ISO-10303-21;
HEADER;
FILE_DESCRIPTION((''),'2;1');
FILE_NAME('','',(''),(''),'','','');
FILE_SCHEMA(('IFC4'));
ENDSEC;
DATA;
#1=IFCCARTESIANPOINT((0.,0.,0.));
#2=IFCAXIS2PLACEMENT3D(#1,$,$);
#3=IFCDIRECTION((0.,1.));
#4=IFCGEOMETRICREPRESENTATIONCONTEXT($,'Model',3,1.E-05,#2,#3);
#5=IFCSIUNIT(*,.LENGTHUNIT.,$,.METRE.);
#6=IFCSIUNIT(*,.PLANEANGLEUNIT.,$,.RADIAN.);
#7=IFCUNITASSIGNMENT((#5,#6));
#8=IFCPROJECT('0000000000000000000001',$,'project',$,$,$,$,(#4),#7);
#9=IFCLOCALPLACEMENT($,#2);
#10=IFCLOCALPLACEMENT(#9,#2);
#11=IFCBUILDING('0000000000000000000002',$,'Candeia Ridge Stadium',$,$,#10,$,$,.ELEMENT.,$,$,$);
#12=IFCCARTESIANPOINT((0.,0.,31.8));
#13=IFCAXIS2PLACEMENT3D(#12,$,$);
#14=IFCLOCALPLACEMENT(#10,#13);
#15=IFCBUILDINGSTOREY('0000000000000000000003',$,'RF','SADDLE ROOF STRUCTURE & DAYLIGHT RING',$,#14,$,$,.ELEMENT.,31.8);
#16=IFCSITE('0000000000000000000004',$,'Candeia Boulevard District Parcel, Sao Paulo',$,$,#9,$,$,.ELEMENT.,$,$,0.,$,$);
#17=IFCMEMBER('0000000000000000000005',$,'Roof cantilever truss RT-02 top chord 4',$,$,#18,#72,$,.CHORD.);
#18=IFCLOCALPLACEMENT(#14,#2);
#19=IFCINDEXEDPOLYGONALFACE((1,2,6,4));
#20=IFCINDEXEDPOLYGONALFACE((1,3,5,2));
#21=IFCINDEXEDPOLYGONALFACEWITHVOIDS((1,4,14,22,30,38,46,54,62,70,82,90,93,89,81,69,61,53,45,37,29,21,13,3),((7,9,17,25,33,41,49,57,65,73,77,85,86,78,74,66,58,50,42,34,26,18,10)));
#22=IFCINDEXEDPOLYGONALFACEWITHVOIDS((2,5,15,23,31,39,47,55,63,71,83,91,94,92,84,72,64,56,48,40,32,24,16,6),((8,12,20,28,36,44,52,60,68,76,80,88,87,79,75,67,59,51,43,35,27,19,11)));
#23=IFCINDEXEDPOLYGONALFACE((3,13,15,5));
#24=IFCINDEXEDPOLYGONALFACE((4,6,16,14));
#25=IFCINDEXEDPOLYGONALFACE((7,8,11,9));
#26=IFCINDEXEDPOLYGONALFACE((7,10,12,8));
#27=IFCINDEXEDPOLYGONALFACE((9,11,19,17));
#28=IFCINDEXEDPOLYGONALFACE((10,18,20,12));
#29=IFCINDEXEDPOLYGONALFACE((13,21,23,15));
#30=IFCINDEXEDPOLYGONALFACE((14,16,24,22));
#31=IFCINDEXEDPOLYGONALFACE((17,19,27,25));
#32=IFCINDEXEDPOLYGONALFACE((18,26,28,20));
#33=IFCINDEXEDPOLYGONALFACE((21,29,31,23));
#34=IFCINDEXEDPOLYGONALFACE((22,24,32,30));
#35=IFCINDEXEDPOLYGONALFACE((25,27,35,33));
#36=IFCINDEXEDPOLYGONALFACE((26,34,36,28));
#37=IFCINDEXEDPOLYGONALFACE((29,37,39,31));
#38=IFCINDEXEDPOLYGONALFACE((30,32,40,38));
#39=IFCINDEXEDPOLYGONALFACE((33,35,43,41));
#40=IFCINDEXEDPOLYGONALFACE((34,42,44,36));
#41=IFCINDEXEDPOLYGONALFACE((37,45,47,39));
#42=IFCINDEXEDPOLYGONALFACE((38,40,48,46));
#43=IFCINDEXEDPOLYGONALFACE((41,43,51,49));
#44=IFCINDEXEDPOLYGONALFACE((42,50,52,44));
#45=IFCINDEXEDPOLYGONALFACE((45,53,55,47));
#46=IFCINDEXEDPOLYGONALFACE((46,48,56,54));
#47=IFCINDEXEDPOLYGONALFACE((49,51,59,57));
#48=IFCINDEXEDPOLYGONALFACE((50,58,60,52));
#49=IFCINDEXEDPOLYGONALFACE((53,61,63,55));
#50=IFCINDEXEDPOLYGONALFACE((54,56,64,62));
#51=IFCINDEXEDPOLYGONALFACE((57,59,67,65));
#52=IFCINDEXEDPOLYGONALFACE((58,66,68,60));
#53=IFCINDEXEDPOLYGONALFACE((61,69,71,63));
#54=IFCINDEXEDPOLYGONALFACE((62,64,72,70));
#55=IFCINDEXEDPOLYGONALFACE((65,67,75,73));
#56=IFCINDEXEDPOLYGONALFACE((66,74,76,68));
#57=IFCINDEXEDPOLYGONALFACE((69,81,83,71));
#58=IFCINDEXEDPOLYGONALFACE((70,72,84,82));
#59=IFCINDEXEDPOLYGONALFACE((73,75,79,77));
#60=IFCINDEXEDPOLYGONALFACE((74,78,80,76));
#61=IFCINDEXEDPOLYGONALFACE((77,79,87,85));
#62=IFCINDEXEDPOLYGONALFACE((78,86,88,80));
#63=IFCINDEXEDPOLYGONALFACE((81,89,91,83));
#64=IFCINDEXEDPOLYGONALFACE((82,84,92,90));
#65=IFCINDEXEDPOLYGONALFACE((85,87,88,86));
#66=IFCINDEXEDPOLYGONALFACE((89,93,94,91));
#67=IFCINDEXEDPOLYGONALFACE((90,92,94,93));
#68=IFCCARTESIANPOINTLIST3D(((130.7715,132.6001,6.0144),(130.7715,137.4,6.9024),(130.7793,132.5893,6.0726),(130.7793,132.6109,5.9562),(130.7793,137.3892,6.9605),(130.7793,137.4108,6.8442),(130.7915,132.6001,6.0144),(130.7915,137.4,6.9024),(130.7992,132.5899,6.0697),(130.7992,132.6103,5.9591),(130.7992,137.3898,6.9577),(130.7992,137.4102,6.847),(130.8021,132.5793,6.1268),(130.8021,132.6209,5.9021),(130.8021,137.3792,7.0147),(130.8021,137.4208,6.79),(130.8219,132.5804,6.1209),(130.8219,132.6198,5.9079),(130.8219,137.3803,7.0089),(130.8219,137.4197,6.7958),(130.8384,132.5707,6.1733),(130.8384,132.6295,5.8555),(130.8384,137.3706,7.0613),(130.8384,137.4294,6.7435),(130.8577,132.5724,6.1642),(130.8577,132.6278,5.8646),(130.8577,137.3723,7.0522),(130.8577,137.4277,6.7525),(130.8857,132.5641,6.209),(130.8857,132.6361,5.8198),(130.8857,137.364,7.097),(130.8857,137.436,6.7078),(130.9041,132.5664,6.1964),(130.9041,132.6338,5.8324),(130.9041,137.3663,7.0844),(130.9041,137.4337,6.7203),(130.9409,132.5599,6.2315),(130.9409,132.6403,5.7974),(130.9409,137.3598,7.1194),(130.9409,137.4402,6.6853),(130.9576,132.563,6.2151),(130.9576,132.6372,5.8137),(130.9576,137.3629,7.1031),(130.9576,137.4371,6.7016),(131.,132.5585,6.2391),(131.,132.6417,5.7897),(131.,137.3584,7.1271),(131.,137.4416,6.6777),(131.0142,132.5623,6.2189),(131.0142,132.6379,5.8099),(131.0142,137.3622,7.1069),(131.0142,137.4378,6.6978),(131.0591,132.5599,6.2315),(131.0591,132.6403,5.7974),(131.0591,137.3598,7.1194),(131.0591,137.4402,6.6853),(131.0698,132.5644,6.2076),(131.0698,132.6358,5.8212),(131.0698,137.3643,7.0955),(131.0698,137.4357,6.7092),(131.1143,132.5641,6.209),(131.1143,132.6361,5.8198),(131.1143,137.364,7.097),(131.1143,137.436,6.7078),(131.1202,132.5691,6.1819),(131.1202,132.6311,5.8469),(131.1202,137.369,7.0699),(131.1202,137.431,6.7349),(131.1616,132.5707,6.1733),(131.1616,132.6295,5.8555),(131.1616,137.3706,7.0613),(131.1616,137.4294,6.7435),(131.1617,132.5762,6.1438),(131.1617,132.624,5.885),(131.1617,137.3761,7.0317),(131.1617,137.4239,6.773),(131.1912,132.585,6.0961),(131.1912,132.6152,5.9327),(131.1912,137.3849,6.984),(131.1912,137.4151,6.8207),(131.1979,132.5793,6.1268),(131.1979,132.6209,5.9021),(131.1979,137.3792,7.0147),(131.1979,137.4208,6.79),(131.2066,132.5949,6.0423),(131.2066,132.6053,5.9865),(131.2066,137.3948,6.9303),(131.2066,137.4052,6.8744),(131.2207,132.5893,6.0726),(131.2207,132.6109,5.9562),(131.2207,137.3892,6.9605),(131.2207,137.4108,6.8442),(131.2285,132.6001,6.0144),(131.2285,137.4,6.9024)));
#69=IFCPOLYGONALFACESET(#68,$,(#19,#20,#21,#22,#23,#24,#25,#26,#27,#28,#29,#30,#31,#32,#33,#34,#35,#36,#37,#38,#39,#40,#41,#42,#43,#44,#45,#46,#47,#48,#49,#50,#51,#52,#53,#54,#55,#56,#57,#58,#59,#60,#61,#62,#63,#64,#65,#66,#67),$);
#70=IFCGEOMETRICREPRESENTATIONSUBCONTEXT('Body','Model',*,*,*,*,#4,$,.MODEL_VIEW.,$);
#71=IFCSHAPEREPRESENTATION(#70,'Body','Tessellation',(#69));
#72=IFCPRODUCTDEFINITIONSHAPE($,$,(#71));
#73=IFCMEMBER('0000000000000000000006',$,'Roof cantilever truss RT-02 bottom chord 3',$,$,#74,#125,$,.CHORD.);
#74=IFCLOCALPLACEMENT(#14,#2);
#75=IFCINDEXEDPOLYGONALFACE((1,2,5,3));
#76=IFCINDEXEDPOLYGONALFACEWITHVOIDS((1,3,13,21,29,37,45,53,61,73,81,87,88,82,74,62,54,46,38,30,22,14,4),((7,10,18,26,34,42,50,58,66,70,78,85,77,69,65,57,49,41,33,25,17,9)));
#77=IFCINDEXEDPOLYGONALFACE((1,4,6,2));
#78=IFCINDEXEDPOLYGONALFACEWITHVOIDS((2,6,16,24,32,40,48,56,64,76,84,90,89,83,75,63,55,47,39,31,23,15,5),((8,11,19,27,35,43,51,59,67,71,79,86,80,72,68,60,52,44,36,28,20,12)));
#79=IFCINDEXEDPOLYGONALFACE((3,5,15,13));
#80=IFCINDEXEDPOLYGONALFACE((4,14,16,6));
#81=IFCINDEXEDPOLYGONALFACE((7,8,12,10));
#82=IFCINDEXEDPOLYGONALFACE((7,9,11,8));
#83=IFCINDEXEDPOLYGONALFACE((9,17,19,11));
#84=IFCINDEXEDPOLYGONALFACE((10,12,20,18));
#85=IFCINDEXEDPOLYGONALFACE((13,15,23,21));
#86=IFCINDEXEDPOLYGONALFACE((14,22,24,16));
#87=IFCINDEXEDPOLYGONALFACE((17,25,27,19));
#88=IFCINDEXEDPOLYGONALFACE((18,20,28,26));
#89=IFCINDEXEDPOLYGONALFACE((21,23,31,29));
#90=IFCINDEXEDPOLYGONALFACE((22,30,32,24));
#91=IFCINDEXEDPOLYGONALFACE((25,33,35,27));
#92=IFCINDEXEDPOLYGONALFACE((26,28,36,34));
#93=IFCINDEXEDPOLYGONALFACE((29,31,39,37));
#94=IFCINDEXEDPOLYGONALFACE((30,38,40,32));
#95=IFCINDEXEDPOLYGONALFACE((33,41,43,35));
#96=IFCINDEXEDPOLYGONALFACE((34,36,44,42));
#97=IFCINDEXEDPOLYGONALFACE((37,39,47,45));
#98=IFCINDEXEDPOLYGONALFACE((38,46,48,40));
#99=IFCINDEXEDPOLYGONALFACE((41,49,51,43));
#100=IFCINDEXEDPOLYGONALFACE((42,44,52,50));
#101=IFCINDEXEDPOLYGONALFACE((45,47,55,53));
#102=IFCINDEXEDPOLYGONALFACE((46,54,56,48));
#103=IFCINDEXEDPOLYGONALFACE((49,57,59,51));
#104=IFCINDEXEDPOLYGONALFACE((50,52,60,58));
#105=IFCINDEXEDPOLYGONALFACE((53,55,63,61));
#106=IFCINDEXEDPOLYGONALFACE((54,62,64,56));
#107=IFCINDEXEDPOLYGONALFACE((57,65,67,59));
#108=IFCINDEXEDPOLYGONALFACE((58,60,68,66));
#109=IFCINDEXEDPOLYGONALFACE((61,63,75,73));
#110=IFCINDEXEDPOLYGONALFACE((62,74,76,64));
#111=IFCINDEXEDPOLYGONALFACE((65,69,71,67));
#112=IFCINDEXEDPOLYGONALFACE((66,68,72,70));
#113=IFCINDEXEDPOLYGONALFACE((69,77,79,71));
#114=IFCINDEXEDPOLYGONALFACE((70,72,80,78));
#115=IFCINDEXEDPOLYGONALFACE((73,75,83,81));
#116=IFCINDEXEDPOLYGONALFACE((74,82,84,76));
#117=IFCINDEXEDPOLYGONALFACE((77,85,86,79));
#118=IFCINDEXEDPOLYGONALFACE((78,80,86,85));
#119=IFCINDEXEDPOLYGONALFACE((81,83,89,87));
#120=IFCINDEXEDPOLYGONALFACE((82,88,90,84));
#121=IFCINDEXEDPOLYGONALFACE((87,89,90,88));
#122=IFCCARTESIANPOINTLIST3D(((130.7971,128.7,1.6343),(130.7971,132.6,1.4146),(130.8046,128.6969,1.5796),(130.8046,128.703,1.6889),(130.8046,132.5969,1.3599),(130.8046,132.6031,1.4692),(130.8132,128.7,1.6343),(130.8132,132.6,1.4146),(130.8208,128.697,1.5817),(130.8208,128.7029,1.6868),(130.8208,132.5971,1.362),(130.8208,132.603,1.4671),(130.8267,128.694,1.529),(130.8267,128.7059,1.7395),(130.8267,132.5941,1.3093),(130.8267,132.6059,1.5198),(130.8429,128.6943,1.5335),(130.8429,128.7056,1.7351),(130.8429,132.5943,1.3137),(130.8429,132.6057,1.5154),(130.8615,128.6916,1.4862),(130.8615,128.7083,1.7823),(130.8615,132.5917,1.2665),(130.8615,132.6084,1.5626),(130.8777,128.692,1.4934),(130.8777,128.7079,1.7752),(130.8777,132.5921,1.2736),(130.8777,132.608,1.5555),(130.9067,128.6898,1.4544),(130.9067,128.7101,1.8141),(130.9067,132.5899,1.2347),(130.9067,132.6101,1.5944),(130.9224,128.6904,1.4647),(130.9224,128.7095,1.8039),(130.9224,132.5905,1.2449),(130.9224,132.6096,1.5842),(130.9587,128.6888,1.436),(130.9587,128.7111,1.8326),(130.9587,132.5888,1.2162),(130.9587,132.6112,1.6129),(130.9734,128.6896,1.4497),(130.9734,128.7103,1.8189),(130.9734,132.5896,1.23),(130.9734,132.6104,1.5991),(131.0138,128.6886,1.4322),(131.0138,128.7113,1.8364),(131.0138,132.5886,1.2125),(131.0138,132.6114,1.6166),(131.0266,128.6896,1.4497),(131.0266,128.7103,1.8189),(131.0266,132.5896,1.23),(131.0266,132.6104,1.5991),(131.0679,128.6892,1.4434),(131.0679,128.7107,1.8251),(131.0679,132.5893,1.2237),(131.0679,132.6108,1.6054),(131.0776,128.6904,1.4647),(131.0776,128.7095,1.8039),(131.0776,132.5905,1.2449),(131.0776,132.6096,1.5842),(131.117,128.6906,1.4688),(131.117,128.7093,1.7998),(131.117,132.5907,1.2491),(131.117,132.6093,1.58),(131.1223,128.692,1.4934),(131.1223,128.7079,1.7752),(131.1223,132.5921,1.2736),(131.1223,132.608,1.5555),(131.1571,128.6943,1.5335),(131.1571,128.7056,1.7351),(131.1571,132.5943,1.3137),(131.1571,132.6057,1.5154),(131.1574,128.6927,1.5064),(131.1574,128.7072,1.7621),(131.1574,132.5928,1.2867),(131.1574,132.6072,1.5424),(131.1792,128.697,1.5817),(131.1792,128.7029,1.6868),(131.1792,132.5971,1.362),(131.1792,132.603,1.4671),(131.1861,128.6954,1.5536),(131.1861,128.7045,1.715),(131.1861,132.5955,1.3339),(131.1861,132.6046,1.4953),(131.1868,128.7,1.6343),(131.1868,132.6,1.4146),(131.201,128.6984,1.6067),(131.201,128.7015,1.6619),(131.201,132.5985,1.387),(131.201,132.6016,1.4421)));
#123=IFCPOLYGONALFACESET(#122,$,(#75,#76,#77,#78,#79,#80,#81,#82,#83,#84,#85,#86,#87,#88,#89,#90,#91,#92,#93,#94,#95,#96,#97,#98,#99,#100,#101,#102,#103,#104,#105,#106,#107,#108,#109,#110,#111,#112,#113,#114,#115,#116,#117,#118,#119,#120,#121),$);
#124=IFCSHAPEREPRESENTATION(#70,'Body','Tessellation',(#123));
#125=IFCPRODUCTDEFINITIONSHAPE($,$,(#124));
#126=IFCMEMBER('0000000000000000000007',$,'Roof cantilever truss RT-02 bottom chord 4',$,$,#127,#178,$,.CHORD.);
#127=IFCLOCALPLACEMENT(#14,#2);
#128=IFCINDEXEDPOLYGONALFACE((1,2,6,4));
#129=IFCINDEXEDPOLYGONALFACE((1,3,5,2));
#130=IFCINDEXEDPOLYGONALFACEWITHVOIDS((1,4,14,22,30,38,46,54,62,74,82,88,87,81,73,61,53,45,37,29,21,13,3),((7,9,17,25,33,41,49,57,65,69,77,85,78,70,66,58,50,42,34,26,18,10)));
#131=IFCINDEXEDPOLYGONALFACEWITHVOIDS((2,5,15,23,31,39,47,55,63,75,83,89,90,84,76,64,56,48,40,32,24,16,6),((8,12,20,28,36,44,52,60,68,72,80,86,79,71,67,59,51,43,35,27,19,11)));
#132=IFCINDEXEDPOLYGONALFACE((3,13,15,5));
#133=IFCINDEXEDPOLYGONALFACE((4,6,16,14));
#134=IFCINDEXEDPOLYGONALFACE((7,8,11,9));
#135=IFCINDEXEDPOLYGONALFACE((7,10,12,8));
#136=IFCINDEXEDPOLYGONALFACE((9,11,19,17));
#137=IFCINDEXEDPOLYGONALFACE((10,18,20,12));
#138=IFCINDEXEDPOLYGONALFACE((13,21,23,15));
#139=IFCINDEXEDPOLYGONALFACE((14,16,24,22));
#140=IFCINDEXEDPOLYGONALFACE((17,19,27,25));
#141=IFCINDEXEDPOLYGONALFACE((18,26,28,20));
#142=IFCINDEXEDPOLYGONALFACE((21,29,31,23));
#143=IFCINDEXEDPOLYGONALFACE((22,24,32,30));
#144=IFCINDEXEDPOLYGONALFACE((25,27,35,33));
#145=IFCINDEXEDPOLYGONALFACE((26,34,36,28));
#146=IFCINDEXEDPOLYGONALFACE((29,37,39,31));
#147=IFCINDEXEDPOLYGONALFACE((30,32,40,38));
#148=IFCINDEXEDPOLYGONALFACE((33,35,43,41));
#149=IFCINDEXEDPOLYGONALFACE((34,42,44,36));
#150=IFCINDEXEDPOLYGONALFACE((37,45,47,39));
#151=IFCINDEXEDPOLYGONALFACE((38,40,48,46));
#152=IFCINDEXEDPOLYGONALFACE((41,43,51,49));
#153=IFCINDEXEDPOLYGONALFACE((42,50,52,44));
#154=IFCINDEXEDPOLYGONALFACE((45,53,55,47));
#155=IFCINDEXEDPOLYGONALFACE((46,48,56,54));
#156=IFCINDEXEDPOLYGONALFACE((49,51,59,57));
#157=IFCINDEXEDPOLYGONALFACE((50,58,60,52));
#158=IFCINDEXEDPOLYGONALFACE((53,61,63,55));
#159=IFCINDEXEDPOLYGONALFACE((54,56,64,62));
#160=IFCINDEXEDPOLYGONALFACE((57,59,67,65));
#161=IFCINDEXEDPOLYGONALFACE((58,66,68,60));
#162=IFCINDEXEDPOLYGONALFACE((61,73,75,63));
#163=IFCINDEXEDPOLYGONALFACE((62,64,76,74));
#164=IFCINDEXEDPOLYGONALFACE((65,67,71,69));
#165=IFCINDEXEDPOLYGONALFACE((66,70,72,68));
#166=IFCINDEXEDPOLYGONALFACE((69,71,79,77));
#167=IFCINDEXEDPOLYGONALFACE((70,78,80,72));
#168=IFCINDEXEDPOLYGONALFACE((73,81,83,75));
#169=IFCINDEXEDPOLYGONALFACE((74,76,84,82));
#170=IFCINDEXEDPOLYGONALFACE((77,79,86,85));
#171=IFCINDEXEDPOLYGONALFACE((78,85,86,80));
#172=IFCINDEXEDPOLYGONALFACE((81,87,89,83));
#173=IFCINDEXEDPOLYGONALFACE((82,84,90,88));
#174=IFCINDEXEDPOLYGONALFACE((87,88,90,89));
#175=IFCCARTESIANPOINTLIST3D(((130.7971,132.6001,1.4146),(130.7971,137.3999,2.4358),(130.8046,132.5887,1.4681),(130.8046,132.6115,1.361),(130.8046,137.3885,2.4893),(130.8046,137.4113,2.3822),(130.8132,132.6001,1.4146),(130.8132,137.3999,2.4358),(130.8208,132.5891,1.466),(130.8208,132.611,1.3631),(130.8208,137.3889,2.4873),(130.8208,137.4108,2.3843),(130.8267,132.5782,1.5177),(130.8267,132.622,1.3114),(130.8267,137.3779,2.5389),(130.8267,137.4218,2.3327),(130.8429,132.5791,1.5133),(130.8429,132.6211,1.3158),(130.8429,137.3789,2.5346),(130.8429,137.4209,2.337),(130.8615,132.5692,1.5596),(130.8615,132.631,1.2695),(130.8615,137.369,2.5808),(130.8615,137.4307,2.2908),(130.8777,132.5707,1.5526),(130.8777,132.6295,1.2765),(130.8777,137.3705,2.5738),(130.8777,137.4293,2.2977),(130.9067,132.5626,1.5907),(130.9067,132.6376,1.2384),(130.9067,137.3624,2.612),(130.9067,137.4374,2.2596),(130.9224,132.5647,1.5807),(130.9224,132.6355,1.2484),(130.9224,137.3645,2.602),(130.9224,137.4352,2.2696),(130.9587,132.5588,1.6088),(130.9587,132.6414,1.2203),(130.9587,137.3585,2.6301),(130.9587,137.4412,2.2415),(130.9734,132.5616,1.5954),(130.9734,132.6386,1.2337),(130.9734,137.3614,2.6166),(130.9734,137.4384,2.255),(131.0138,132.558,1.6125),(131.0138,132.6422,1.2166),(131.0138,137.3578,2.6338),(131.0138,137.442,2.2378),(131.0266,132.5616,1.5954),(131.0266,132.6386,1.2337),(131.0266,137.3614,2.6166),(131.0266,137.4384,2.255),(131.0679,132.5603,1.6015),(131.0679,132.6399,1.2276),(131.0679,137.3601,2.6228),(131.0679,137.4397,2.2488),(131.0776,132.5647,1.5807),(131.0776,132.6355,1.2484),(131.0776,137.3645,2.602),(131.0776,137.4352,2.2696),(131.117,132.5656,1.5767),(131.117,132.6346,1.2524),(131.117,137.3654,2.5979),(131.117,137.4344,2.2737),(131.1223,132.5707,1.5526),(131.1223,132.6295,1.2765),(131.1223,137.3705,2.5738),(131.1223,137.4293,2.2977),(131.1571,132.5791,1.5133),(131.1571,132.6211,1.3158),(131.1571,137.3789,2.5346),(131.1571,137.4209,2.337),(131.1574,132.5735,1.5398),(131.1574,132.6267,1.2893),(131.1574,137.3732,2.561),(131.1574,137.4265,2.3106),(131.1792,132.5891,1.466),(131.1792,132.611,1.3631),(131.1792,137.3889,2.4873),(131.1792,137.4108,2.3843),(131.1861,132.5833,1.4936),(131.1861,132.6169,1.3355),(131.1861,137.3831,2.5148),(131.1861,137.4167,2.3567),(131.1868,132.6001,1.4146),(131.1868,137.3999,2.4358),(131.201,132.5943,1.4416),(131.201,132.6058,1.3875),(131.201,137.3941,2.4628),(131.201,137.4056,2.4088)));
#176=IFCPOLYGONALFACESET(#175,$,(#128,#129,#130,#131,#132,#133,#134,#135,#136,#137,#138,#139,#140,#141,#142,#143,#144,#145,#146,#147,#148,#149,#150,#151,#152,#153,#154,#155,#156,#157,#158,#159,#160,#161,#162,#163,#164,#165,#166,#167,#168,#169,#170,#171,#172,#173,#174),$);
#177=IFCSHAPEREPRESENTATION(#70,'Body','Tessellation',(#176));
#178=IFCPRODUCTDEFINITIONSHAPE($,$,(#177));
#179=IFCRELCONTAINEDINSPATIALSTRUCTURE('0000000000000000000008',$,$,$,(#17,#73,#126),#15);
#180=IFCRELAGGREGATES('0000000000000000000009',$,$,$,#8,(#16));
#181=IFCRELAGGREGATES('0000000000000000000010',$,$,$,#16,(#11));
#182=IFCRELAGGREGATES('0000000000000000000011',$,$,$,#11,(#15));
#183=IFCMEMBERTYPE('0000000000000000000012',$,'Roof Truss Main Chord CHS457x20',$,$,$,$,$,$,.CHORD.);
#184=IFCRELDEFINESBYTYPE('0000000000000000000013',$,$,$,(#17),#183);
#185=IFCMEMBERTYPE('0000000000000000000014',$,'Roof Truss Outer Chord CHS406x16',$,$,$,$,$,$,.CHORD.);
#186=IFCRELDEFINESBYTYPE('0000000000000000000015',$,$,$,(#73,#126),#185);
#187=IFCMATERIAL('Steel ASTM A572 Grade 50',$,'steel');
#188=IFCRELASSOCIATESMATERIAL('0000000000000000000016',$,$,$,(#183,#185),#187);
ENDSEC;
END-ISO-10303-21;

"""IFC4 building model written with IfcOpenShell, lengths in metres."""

from ifc_helpers import new_model, si_unit, direction, frame, origin, origin_2d, place, context, subcontext, project, spatial, hollow_circle, extrude, material, material_profile, profile_set, type_object, element, save


model = new_model("IFC4")

# Units and contexts
model_context = context("Model", 3, precision=1e-05, world=origin(), true_north=direction((0.0, 1.0)))
body_context = subcontext(model_context, "Body", "Model", "MODEL_VIEW")
ifc_project = project(units=[si_unit("LENGTHUNIT", "METRE"), si_unit("PLANEANGLEUNIT", "RADIAN")], contexts=[model_context])

# Site, building, storey
site_placement = place(None, origin())
site = spatial("IfcSite", under=ifc_project, at=site_placement, Name="Candeia Boulevard District Parcel, Sao Paulo", CompositionType="ELEMENT", RefElevation=0.0)
building_placement = place(site_placement, origin())
building = spatial("IfcBuilding", under=site, at=building_placement, Name="Candeia Ridge Stadium", CompositionType="ELEMENT")
storey_placement = place(building_placement, frame((0.0, 0.0, 31.8)))
storey = spatial("IfcBuildingStorey", under=building, at=storey_placement, Name="RF", Description="SADDLE ROOF STRUCTURE & DAYLIGHT RING", CompositionType="ELEMENT", Elevation=31.8)

# Shared definitions
ifc_material_1 = material(Name="Steel ASTM A572 Grade 50", Category="steel")

# Members
ifc_material_profile_1 = material_profile(ifc_material_1, hollow_circle(Radius=0.2285, WallThickness=0.02, at=origin_2d()), Name="CHS457x20", Category="steel")
ifc_profile_set_1 = profile_set([ifc_material_profile_1], Name="Steel ASTM A572 Grade 50")
member_type_1 = type_object("IfcMemberType", Name="Roof Truss Main Chord CHS457x20", PredefinedType="CHORD", material=ifc_profile_set_1)
member_1_placement = place(storey_placement, frame((131.0, 132.6001, 6.0144), z_axis=(0.0, 0.983315, 0.181908), x_axis=(-1.0, 0.0, 0.0)))
element("IfcMember", 1, at=member_1_placement, inside=storey, type_object=member_type_1, Name="Roof cantilever truss RT-02 top chord 4", PredefinedType="CHORD", context=body_context, shape_type="SweptSolid", body=[
    extrude(hollow_circle(Radius=0.2285, WallThickness=0.02, at=origin_2d()), origin(), (0.0, 0.0, 1.0), 4.8813),
])
ifc_material_profile_2 = material_profile(ifc_material_1, hollow_circle(Radius=0.2029, WallThickness=0.0161, at=origin_2d()), Name="CHS406x16", Category="steel")
ifc_profile_set_2 = profile_set([ifc_material_profile_2], Name="Steel ASTM A572 Grade 50")
member_type_2 = type_object("IfcMemberType", Name="Roof Truss Outer Chord CHS406x16", PredefinedType="CHORD", material=ifc_profile_set_2)
member_2_placement = place(storey_placement, frame((131.0, 128.7, 1.6343), z_axis=(0.0, 0.998417, -0.056249), x_axis=(-1.0, 0.0, 0.0)))
element("IfcMember", 2, at=member_2_placement, inside=storey, type_object=member_type_2, Name="Roof cantilever truss RT-02 bottom chord 3", PredefinedType="CHORD", context=body_context, shape_type="SweptSolid", body=[
    extrude(hollow_circle(Radius=0.2029, WallThickness=0.0161, at=origin_2d()), origin(), (0.0, 0.0, 1.0), 3.9062),
])
member_3_placement = place(storey_placement, frame((131.0, 132.6001, 1.4146), z_axis=(0.0, 0.978106, 0.208109), x_axis=(-1.0, 0.0, 0.0)))
element("IfcMember", 3, at=member_3_placement, inside=storey, type_object=member_type_2, Name="Roof cantilever truss RT-02 bottom chord 4", PredefinedType="CHORD", context=body_context, shape_type="SweptSolid", body=[
    extrude(hollow_circle(Radius=0.2029, WallThickness=0.0161, at=origin_2d()), origin(), (0.0, 0.0, 1.0), 4.9072),
])

save(model, "model.ifc")
